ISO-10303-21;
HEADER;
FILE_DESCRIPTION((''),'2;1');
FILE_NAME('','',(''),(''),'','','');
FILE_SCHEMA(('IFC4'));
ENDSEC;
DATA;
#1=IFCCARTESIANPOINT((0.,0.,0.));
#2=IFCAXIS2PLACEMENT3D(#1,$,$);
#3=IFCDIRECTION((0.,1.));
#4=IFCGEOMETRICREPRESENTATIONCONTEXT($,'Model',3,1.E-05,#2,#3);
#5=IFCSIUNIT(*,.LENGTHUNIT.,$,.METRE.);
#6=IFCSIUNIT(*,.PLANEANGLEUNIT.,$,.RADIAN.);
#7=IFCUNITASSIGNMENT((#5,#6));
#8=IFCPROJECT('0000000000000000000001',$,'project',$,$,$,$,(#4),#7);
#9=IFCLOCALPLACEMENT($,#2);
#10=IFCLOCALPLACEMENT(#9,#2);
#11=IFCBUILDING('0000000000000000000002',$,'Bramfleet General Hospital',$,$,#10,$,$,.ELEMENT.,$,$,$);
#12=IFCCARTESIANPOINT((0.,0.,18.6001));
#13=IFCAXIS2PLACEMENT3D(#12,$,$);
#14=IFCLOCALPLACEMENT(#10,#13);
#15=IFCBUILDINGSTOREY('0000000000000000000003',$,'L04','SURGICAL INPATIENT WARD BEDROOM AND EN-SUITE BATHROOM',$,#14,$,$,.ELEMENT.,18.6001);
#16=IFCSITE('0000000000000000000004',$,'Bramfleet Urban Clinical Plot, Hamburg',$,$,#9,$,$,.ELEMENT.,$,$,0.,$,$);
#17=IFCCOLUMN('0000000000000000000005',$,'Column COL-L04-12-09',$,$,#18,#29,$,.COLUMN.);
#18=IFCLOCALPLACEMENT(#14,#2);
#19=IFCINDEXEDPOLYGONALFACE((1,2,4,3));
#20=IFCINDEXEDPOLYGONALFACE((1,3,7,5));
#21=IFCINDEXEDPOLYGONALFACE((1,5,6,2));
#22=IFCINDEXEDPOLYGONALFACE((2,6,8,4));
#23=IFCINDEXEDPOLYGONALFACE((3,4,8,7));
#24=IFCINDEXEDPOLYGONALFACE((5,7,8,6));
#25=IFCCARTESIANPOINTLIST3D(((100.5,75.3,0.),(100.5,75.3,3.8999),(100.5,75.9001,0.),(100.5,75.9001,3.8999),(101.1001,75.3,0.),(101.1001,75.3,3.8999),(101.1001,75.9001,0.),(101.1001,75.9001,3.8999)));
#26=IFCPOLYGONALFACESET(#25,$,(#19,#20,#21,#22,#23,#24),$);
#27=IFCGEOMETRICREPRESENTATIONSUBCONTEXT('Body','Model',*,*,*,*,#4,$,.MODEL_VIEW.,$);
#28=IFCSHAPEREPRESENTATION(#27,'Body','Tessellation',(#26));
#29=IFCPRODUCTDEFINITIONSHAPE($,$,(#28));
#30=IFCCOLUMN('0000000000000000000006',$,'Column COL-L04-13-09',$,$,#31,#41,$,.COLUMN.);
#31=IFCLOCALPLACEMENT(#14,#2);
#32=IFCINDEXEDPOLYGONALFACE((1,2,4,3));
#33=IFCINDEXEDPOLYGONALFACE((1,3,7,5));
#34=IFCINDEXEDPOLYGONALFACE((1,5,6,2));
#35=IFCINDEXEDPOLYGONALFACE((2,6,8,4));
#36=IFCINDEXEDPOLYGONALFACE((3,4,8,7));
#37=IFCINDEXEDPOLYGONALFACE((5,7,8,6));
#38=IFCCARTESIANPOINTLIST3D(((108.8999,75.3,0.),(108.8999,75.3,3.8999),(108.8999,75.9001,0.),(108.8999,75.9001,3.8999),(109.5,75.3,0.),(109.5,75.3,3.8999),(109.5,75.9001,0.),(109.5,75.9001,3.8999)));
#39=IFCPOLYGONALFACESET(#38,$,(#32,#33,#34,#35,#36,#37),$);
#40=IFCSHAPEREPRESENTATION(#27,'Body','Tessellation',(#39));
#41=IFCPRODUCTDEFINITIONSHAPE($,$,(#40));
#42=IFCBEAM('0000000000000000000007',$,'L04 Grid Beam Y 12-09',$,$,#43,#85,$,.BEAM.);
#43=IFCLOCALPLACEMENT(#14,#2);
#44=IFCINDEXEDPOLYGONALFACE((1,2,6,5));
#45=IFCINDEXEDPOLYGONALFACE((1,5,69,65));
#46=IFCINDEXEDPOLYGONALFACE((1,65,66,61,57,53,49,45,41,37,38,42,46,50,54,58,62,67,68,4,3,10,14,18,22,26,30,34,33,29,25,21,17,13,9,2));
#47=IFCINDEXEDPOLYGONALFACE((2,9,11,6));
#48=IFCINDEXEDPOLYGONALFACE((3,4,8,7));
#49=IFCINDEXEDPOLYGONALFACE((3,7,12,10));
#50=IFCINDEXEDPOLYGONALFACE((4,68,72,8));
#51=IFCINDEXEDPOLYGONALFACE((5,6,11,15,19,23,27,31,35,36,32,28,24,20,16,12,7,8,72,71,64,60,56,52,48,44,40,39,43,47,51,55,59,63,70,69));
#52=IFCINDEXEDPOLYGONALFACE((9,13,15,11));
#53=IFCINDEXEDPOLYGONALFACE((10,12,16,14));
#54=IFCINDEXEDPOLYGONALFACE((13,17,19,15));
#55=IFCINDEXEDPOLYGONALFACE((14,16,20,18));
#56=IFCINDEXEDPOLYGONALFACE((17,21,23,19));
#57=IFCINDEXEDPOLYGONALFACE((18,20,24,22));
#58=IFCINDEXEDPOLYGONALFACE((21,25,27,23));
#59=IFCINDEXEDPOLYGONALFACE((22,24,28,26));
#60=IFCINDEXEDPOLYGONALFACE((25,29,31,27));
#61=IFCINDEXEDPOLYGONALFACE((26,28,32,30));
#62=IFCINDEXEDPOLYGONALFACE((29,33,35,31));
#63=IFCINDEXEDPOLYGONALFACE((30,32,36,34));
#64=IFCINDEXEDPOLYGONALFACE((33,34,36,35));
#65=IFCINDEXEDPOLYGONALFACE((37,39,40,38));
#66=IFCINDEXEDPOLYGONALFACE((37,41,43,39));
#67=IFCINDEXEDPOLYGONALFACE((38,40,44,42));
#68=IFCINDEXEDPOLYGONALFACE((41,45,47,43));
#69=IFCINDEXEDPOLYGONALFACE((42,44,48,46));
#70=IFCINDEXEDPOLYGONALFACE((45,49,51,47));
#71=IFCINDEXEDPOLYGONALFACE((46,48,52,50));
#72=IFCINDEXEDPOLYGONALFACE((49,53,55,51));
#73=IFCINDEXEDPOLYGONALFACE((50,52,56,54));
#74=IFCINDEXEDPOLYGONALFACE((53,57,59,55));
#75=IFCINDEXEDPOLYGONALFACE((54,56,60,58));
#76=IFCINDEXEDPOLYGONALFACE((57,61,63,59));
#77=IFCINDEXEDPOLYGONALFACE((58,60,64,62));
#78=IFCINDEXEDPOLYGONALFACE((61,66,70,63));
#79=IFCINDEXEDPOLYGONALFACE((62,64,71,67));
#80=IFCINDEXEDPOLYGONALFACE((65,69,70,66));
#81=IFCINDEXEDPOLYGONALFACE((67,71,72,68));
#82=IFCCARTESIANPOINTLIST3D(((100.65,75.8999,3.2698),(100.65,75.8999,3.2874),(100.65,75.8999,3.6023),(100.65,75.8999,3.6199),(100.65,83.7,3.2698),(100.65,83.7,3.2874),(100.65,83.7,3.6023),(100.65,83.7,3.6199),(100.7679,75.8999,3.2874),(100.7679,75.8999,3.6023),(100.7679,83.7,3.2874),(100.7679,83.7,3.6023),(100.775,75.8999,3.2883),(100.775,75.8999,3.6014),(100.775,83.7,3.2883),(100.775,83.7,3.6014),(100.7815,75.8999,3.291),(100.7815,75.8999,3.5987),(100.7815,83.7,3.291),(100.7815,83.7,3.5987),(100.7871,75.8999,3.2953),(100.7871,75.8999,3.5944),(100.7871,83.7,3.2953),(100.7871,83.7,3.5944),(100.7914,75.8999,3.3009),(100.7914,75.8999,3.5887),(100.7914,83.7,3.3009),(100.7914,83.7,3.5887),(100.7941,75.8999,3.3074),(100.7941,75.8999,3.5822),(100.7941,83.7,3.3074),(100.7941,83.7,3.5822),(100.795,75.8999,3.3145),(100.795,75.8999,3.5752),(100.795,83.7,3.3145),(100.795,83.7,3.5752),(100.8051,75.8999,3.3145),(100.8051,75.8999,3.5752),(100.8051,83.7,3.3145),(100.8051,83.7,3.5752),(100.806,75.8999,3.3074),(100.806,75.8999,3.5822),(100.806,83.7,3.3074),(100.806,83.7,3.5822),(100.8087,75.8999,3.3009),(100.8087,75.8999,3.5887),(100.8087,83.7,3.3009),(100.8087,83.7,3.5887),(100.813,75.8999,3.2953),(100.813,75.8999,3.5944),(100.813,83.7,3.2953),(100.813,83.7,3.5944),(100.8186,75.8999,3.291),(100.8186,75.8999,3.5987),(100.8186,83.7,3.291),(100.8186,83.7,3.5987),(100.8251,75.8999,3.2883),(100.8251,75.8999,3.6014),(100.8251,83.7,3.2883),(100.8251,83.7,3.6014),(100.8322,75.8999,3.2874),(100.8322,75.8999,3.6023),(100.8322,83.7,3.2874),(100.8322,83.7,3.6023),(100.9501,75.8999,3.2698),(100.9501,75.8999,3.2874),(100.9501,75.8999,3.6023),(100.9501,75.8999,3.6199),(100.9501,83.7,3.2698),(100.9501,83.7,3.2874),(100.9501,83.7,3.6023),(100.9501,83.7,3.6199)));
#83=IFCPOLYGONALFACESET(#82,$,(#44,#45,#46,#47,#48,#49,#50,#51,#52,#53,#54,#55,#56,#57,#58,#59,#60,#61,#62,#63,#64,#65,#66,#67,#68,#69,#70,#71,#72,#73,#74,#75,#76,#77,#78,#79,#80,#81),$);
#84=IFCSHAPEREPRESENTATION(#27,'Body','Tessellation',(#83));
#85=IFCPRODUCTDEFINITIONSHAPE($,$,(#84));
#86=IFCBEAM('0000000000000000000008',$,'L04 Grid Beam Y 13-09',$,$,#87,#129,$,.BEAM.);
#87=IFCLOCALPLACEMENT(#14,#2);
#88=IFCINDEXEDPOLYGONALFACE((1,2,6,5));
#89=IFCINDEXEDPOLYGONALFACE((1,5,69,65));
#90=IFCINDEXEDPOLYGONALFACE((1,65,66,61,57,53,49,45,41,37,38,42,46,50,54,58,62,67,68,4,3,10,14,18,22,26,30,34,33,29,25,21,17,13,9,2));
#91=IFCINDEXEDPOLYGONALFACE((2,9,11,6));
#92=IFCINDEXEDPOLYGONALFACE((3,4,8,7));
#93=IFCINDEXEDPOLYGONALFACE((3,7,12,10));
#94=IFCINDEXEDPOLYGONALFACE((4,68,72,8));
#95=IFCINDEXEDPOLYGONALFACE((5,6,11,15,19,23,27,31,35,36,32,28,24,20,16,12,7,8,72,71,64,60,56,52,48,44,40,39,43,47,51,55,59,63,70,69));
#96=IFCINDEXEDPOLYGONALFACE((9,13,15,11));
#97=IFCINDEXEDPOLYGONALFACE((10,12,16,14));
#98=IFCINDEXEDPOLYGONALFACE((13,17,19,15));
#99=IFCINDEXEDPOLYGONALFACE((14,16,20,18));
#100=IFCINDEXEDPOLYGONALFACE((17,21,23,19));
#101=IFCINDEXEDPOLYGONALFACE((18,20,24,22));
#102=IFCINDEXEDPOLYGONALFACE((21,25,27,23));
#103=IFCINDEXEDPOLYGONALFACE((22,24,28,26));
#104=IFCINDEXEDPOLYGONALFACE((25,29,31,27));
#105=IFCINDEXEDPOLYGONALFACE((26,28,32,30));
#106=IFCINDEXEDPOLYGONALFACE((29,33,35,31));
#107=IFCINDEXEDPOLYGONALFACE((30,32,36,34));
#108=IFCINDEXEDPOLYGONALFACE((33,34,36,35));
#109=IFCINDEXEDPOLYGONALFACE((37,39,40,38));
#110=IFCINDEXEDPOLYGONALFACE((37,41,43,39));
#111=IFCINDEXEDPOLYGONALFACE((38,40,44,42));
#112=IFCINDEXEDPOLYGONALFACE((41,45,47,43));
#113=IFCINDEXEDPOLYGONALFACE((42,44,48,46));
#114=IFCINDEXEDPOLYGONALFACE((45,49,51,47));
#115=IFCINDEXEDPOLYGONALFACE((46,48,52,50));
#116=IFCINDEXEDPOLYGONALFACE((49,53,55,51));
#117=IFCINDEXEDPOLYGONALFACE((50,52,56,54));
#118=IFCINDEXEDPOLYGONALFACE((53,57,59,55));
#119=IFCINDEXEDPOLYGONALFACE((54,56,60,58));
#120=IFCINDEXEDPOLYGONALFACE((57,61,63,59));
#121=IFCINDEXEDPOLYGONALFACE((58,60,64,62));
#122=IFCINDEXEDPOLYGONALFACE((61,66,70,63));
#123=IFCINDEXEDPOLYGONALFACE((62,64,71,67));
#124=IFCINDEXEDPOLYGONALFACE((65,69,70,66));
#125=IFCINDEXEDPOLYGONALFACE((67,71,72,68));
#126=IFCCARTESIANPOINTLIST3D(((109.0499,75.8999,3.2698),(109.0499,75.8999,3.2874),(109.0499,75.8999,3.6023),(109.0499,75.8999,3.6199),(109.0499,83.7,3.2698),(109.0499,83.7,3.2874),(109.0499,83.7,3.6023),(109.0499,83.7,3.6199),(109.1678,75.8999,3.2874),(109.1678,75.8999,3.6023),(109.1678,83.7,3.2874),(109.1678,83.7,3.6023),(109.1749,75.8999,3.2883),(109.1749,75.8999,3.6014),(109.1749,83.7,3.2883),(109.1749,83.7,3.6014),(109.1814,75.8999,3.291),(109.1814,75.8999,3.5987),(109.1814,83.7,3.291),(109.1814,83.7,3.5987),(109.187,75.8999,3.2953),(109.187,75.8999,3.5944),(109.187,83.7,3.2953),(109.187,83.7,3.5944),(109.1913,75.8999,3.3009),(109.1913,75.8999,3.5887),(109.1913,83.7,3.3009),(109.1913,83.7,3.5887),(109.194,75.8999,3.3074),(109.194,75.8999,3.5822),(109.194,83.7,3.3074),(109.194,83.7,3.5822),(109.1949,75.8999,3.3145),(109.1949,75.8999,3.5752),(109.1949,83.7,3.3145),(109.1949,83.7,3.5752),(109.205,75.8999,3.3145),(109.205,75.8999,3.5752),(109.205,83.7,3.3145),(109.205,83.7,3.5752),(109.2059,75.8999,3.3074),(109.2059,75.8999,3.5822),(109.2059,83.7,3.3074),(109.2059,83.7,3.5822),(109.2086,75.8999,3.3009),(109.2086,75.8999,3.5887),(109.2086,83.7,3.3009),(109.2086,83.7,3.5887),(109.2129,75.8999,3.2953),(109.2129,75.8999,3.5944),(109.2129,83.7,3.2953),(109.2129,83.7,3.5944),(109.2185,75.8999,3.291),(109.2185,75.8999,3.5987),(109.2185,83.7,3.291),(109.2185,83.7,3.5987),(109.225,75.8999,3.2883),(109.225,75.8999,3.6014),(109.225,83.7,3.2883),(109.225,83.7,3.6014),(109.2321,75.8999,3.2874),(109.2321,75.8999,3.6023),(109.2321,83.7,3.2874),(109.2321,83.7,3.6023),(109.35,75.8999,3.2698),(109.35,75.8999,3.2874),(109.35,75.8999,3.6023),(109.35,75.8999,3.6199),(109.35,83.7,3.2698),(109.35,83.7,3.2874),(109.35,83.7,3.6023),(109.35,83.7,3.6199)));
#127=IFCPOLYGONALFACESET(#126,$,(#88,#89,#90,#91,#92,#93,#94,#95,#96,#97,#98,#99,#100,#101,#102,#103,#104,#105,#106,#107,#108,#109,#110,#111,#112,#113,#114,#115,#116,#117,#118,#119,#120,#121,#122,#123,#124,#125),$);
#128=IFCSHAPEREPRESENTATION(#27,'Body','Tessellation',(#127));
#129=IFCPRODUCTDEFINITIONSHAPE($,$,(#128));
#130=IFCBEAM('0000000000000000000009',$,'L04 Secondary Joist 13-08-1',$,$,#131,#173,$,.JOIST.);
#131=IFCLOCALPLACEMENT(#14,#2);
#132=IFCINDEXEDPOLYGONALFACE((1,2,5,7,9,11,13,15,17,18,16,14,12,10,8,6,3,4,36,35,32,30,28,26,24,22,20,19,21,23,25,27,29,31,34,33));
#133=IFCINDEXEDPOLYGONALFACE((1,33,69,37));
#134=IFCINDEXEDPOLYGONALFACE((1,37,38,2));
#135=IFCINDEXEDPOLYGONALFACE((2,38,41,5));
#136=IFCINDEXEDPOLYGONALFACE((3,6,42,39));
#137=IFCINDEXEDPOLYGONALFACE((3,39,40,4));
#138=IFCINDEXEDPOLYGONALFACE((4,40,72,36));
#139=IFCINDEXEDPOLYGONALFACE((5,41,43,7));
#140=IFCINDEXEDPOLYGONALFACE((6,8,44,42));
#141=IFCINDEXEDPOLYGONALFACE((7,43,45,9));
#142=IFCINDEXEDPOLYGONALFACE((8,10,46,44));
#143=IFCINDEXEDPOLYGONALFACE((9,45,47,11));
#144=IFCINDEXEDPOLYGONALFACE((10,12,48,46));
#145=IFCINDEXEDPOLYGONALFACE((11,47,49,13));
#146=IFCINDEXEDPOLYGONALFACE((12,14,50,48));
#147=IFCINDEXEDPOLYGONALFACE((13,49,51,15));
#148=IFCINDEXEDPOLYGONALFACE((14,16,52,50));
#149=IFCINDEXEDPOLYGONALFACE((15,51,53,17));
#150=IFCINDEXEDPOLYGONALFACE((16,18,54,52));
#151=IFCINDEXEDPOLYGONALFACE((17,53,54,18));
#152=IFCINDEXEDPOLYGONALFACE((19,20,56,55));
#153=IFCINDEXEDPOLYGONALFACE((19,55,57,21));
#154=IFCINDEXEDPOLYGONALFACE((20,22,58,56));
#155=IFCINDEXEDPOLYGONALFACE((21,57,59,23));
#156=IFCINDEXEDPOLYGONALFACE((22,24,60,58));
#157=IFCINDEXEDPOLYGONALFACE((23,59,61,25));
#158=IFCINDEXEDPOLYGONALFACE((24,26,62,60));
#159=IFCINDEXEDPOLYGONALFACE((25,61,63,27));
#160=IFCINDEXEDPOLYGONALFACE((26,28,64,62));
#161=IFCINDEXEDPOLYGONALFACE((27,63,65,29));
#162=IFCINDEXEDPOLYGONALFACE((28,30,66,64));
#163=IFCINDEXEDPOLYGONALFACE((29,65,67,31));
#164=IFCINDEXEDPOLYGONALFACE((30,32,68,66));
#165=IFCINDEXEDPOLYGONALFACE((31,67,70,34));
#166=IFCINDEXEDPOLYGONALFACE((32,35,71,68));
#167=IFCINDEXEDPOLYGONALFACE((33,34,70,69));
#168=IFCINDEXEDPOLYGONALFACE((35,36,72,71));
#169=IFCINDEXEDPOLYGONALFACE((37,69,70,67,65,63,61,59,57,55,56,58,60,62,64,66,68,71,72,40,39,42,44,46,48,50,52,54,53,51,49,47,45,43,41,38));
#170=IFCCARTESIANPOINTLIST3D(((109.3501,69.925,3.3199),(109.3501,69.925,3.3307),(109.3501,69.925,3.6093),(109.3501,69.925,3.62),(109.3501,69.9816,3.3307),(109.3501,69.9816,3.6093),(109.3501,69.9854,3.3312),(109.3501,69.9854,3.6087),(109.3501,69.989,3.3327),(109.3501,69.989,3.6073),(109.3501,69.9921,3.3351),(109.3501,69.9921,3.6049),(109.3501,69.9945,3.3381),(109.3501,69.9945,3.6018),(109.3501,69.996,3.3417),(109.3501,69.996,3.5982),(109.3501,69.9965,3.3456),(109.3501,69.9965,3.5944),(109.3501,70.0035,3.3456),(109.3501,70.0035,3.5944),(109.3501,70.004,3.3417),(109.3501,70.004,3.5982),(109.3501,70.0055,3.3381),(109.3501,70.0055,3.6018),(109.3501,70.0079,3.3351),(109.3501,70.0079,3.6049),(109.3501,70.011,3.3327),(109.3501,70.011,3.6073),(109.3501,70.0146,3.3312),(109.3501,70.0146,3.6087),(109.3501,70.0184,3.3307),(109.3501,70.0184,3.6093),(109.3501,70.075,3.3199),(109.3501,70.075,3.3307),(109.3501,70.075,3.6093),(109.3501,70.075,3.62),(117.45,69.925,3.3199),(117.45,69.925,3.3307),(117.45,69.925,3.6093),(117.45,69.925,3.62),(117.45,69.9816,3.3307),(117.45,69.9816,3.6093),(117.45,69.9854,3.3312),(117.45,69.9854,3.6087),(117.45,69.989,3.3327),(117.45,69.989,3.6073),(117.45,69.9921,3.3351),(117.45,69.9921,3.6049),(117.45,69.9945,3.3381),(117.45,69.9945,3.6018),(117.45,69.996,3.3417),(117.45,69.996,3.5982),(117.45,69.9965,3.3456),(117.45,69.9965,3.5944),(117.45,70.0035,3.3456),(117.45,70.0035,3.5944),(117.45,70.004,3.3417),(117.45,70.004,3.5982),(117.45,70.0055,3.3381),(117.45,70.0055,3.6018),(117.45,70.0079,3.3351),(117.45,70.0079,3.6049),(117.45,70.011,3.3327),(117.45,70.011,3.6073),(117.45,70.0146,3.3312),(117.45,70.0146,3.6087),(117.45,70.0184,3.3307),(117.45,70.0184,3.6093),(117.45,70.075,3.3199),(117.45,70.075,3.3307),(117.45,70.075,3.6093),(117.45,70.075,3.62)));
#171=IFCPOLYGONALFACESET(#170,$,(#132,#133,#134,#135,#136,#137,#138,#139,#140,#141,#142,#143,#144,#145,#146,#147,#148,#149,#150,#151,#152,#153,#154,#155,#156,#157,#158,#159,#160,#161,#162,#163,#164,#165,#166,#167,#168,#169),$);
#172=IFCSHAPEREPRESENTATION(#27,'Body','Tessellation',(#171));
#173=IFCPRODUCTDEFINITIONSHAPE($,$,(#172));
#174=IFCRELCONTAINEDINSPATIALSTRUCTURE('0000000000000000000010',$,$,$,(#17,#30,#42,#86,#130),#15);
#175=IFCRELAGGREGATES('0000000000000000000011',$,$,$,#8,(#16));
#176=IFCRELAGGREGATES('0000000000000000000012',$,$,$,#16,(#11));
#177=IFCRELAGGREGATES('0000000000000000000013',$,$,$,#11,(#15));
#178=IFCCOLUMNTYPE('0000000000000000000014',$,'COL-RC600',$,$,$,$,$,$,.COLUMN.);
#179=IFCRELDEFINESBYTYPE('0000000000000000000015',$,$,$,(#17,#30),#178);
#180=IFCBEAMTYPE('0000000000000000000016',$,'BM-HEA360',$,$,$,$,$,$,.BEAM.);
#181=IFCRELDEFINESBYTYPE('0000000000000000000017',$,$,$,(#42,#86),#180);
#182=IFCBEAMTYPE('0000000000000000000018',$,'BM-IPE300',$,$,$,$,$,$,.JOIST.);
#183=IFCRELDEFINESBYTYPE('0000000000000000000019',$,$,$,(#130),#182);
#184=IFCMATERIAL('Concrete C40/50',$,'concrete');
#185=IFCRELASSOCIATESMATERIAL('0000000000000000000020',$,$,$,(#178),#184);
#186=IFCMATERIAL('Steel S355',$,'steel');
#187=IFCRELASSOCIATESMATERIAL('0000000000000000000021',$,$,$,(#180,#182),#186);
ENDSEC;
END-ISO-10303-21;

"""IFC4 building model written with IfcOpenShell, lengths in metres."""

from ifc_helpers import new_model, si_unit, direction, frame, origin, origin_2d, place, context, subcontext, project, spatial, rectangle, i_section, extrude, material, material_profile, profile_set, type_object, element, save


model = new_model("IFC4")

# Units and contexts
model_context = context("Model", 3, precision=1e-05, world=origin(), true_north=direction((0.0, 1.0)))
body_context = subcontext(model_context, "Body", "Model", "MODEL_VIEW")
ifc_project = project(units=[si_unit("LENGTHUNIT", "METRE"), si_unit("PLANEANGLEUNIT", "RADIAN")], contexts=[model_context])

# Site, building, storey
site_placement = place(None, origin())
site = spatial("IfcSite", under=ifc_project, at=site_placement, Name="Bramfleet Urban Clinical Plot, Hamburg", CompositionType="ELEMENT", RefElevation=0.0)
building_placement = place(site_placement, origin())
building = spatial("IfcBuilding", under=site, at=building_placement, Name="Bramfleet General Hospital", CompositionType="ELEMENT")
storey_placement = place(building_placement, frame((0.0, 0.0, 18.6001)))
storey = spatial("IfcBuildingStorey", under=building, at=storey_placement, Name="L04", Description="SURGICAL INPATIENT WARD BEDROOM AND EN-SUITE BATHROOM", CompositionType="ELEMENT", Elevation=18.6001)

# Columns
ifc_material_1 = material(Name="Concrete C40/50", Category="concrete")
ifc_material_profile_1 = material_profile(ifc_material_1, rectangle(XDim=0.6001, YDim=0.6001, at=origin_2d()), Name="RC COL 600x600")
ifc_profile_set_1 = profile_set([ifc_material_profile_1], Name="Concrete C40/50")
column_type = type_object("IfcColumnType", Name="COL-RC600", PredefinedType="COLUMN", material=ifc_profile_set_1)
for number, where, z_axis, x_axis, name in (
    (1, (100.8, 75.6001, 0.0), (0.0, 0.0, 1.0), (1.0, 0.0, 0.0), "Column COL-L04-12-09"),
    (2, (109.2, 75.6001, 0.0), (0.0, 0.0, 1.0), (1.0, 0.0, 0.0), "Column COL-L04-13-09"),
):
    element("IfcColumn", number, at=place(storey_placement, frame(where, z_axis=z_axis, x_axis=x_axis)), inside=storey, type_object=column_type, Name=name, PredefinedType="COLUMN", context=body_context, shape_type="SweptSolid", body=[
        extrude(rectangle(XDim=0.6001, YDim=0.6001, at=origin_2d()), origin(), (0.0, 0.0, 1.0), 3.8999),
    ])

# Beams
ifc_material_2 = material(Name="Steel S355", Category="steel")
ifc_material_profile_2 = material_profile(ifc_material_2, i_section(OverallWidth=0.3, OverallDepth=0.3501, WebThickness=0.01, FlangeThickness=0.0176, FilletRadius=0.0271, at=origin_2d()), Name="HEA 360")
ifc_profile_set_2 = profile_set([ifc_material_profile_2], Name="Steel S355")
beam_type_1 = type_object("IfcBeamType", Name="BM-HEA360", PredefinedType="BEAM", material=ifc_profile_set_2)
for number, where, z_axis, x_axis, name in (
    (3, (100.8, 75.8999, 3.4448), (0.0, 1.0, 0.0), (-1.0, 0.0, 0.0), "L04 Grid Beam Y 12-09"),
    (4, (109.2, 75.8999, 3.4448), (0.0, 1.0, 0.0), (-1.0, 0.0, 0.0), "L04 Grid Beam Y 13-09"),
):
    element("IfcBeam", number, at=place(storey_placement, frame(where, z_axis=z_axis, x_axis=x_axis)), inside=storey, type_object=beam_type_1, Name=name, PredefinedType="BEAM", context=body_context, shape_type="SweptSolid", body=[
        extrude(i_section(OverallWidth=0.3, OverallDepth=0.3501, WebThickness=0.01, FlangeThickness=0.0176, FilletRadius=0.0271, at=origin_2d()), origin(), (0.0, 0.0, 1.0), 7.8),
    ])
ifc_material_profile_3 = material_profile(ifc_material_2, i_section(OverallWidth=0.1499, OverallDepth=0.3, WebThickness=0.0071, FlangeThickness=0.0107, FilletRadius=0.0149, at=origin_2d()), Name="IPE 300")
ifc_profile_set_3 = profile_set([ifc_material_profile_3], Name="Steel S355")
beam_type_2 = type_object("IfcBeamType", Name="BM-IPE300", PredefinedType="JOIST", material=ifc_profile_set_3)
for number, where, z_axis, x_axis, name in (
    (5, (109.3501, 70.0, 3.47), (1.0, 0.0, 0.0), (0.0, 1.0, 0.0), "L04 Secondary Joist 13-08-1"),
):
    element("IfcBeam", number, at=place(storey_placement, frame(where, z_axis=z_axis, x_axis=x_axis)), inside=storey, type_object=beam_type_2, Name=name, PredefinedType="JOIST", context=body_context, shape_type="SweptSolid", body=[
        extrude(i_section(OverallWidth=0.1499, OverallDepth=0.3, WebThickness=0.0071, FlangeThickness=0.0107, FilletRadius=0.0149, at=origin_2d()), origin(), (0.0, 0.0, 1.0), 8.0999),
    ])

save(model, "model.ifc")
